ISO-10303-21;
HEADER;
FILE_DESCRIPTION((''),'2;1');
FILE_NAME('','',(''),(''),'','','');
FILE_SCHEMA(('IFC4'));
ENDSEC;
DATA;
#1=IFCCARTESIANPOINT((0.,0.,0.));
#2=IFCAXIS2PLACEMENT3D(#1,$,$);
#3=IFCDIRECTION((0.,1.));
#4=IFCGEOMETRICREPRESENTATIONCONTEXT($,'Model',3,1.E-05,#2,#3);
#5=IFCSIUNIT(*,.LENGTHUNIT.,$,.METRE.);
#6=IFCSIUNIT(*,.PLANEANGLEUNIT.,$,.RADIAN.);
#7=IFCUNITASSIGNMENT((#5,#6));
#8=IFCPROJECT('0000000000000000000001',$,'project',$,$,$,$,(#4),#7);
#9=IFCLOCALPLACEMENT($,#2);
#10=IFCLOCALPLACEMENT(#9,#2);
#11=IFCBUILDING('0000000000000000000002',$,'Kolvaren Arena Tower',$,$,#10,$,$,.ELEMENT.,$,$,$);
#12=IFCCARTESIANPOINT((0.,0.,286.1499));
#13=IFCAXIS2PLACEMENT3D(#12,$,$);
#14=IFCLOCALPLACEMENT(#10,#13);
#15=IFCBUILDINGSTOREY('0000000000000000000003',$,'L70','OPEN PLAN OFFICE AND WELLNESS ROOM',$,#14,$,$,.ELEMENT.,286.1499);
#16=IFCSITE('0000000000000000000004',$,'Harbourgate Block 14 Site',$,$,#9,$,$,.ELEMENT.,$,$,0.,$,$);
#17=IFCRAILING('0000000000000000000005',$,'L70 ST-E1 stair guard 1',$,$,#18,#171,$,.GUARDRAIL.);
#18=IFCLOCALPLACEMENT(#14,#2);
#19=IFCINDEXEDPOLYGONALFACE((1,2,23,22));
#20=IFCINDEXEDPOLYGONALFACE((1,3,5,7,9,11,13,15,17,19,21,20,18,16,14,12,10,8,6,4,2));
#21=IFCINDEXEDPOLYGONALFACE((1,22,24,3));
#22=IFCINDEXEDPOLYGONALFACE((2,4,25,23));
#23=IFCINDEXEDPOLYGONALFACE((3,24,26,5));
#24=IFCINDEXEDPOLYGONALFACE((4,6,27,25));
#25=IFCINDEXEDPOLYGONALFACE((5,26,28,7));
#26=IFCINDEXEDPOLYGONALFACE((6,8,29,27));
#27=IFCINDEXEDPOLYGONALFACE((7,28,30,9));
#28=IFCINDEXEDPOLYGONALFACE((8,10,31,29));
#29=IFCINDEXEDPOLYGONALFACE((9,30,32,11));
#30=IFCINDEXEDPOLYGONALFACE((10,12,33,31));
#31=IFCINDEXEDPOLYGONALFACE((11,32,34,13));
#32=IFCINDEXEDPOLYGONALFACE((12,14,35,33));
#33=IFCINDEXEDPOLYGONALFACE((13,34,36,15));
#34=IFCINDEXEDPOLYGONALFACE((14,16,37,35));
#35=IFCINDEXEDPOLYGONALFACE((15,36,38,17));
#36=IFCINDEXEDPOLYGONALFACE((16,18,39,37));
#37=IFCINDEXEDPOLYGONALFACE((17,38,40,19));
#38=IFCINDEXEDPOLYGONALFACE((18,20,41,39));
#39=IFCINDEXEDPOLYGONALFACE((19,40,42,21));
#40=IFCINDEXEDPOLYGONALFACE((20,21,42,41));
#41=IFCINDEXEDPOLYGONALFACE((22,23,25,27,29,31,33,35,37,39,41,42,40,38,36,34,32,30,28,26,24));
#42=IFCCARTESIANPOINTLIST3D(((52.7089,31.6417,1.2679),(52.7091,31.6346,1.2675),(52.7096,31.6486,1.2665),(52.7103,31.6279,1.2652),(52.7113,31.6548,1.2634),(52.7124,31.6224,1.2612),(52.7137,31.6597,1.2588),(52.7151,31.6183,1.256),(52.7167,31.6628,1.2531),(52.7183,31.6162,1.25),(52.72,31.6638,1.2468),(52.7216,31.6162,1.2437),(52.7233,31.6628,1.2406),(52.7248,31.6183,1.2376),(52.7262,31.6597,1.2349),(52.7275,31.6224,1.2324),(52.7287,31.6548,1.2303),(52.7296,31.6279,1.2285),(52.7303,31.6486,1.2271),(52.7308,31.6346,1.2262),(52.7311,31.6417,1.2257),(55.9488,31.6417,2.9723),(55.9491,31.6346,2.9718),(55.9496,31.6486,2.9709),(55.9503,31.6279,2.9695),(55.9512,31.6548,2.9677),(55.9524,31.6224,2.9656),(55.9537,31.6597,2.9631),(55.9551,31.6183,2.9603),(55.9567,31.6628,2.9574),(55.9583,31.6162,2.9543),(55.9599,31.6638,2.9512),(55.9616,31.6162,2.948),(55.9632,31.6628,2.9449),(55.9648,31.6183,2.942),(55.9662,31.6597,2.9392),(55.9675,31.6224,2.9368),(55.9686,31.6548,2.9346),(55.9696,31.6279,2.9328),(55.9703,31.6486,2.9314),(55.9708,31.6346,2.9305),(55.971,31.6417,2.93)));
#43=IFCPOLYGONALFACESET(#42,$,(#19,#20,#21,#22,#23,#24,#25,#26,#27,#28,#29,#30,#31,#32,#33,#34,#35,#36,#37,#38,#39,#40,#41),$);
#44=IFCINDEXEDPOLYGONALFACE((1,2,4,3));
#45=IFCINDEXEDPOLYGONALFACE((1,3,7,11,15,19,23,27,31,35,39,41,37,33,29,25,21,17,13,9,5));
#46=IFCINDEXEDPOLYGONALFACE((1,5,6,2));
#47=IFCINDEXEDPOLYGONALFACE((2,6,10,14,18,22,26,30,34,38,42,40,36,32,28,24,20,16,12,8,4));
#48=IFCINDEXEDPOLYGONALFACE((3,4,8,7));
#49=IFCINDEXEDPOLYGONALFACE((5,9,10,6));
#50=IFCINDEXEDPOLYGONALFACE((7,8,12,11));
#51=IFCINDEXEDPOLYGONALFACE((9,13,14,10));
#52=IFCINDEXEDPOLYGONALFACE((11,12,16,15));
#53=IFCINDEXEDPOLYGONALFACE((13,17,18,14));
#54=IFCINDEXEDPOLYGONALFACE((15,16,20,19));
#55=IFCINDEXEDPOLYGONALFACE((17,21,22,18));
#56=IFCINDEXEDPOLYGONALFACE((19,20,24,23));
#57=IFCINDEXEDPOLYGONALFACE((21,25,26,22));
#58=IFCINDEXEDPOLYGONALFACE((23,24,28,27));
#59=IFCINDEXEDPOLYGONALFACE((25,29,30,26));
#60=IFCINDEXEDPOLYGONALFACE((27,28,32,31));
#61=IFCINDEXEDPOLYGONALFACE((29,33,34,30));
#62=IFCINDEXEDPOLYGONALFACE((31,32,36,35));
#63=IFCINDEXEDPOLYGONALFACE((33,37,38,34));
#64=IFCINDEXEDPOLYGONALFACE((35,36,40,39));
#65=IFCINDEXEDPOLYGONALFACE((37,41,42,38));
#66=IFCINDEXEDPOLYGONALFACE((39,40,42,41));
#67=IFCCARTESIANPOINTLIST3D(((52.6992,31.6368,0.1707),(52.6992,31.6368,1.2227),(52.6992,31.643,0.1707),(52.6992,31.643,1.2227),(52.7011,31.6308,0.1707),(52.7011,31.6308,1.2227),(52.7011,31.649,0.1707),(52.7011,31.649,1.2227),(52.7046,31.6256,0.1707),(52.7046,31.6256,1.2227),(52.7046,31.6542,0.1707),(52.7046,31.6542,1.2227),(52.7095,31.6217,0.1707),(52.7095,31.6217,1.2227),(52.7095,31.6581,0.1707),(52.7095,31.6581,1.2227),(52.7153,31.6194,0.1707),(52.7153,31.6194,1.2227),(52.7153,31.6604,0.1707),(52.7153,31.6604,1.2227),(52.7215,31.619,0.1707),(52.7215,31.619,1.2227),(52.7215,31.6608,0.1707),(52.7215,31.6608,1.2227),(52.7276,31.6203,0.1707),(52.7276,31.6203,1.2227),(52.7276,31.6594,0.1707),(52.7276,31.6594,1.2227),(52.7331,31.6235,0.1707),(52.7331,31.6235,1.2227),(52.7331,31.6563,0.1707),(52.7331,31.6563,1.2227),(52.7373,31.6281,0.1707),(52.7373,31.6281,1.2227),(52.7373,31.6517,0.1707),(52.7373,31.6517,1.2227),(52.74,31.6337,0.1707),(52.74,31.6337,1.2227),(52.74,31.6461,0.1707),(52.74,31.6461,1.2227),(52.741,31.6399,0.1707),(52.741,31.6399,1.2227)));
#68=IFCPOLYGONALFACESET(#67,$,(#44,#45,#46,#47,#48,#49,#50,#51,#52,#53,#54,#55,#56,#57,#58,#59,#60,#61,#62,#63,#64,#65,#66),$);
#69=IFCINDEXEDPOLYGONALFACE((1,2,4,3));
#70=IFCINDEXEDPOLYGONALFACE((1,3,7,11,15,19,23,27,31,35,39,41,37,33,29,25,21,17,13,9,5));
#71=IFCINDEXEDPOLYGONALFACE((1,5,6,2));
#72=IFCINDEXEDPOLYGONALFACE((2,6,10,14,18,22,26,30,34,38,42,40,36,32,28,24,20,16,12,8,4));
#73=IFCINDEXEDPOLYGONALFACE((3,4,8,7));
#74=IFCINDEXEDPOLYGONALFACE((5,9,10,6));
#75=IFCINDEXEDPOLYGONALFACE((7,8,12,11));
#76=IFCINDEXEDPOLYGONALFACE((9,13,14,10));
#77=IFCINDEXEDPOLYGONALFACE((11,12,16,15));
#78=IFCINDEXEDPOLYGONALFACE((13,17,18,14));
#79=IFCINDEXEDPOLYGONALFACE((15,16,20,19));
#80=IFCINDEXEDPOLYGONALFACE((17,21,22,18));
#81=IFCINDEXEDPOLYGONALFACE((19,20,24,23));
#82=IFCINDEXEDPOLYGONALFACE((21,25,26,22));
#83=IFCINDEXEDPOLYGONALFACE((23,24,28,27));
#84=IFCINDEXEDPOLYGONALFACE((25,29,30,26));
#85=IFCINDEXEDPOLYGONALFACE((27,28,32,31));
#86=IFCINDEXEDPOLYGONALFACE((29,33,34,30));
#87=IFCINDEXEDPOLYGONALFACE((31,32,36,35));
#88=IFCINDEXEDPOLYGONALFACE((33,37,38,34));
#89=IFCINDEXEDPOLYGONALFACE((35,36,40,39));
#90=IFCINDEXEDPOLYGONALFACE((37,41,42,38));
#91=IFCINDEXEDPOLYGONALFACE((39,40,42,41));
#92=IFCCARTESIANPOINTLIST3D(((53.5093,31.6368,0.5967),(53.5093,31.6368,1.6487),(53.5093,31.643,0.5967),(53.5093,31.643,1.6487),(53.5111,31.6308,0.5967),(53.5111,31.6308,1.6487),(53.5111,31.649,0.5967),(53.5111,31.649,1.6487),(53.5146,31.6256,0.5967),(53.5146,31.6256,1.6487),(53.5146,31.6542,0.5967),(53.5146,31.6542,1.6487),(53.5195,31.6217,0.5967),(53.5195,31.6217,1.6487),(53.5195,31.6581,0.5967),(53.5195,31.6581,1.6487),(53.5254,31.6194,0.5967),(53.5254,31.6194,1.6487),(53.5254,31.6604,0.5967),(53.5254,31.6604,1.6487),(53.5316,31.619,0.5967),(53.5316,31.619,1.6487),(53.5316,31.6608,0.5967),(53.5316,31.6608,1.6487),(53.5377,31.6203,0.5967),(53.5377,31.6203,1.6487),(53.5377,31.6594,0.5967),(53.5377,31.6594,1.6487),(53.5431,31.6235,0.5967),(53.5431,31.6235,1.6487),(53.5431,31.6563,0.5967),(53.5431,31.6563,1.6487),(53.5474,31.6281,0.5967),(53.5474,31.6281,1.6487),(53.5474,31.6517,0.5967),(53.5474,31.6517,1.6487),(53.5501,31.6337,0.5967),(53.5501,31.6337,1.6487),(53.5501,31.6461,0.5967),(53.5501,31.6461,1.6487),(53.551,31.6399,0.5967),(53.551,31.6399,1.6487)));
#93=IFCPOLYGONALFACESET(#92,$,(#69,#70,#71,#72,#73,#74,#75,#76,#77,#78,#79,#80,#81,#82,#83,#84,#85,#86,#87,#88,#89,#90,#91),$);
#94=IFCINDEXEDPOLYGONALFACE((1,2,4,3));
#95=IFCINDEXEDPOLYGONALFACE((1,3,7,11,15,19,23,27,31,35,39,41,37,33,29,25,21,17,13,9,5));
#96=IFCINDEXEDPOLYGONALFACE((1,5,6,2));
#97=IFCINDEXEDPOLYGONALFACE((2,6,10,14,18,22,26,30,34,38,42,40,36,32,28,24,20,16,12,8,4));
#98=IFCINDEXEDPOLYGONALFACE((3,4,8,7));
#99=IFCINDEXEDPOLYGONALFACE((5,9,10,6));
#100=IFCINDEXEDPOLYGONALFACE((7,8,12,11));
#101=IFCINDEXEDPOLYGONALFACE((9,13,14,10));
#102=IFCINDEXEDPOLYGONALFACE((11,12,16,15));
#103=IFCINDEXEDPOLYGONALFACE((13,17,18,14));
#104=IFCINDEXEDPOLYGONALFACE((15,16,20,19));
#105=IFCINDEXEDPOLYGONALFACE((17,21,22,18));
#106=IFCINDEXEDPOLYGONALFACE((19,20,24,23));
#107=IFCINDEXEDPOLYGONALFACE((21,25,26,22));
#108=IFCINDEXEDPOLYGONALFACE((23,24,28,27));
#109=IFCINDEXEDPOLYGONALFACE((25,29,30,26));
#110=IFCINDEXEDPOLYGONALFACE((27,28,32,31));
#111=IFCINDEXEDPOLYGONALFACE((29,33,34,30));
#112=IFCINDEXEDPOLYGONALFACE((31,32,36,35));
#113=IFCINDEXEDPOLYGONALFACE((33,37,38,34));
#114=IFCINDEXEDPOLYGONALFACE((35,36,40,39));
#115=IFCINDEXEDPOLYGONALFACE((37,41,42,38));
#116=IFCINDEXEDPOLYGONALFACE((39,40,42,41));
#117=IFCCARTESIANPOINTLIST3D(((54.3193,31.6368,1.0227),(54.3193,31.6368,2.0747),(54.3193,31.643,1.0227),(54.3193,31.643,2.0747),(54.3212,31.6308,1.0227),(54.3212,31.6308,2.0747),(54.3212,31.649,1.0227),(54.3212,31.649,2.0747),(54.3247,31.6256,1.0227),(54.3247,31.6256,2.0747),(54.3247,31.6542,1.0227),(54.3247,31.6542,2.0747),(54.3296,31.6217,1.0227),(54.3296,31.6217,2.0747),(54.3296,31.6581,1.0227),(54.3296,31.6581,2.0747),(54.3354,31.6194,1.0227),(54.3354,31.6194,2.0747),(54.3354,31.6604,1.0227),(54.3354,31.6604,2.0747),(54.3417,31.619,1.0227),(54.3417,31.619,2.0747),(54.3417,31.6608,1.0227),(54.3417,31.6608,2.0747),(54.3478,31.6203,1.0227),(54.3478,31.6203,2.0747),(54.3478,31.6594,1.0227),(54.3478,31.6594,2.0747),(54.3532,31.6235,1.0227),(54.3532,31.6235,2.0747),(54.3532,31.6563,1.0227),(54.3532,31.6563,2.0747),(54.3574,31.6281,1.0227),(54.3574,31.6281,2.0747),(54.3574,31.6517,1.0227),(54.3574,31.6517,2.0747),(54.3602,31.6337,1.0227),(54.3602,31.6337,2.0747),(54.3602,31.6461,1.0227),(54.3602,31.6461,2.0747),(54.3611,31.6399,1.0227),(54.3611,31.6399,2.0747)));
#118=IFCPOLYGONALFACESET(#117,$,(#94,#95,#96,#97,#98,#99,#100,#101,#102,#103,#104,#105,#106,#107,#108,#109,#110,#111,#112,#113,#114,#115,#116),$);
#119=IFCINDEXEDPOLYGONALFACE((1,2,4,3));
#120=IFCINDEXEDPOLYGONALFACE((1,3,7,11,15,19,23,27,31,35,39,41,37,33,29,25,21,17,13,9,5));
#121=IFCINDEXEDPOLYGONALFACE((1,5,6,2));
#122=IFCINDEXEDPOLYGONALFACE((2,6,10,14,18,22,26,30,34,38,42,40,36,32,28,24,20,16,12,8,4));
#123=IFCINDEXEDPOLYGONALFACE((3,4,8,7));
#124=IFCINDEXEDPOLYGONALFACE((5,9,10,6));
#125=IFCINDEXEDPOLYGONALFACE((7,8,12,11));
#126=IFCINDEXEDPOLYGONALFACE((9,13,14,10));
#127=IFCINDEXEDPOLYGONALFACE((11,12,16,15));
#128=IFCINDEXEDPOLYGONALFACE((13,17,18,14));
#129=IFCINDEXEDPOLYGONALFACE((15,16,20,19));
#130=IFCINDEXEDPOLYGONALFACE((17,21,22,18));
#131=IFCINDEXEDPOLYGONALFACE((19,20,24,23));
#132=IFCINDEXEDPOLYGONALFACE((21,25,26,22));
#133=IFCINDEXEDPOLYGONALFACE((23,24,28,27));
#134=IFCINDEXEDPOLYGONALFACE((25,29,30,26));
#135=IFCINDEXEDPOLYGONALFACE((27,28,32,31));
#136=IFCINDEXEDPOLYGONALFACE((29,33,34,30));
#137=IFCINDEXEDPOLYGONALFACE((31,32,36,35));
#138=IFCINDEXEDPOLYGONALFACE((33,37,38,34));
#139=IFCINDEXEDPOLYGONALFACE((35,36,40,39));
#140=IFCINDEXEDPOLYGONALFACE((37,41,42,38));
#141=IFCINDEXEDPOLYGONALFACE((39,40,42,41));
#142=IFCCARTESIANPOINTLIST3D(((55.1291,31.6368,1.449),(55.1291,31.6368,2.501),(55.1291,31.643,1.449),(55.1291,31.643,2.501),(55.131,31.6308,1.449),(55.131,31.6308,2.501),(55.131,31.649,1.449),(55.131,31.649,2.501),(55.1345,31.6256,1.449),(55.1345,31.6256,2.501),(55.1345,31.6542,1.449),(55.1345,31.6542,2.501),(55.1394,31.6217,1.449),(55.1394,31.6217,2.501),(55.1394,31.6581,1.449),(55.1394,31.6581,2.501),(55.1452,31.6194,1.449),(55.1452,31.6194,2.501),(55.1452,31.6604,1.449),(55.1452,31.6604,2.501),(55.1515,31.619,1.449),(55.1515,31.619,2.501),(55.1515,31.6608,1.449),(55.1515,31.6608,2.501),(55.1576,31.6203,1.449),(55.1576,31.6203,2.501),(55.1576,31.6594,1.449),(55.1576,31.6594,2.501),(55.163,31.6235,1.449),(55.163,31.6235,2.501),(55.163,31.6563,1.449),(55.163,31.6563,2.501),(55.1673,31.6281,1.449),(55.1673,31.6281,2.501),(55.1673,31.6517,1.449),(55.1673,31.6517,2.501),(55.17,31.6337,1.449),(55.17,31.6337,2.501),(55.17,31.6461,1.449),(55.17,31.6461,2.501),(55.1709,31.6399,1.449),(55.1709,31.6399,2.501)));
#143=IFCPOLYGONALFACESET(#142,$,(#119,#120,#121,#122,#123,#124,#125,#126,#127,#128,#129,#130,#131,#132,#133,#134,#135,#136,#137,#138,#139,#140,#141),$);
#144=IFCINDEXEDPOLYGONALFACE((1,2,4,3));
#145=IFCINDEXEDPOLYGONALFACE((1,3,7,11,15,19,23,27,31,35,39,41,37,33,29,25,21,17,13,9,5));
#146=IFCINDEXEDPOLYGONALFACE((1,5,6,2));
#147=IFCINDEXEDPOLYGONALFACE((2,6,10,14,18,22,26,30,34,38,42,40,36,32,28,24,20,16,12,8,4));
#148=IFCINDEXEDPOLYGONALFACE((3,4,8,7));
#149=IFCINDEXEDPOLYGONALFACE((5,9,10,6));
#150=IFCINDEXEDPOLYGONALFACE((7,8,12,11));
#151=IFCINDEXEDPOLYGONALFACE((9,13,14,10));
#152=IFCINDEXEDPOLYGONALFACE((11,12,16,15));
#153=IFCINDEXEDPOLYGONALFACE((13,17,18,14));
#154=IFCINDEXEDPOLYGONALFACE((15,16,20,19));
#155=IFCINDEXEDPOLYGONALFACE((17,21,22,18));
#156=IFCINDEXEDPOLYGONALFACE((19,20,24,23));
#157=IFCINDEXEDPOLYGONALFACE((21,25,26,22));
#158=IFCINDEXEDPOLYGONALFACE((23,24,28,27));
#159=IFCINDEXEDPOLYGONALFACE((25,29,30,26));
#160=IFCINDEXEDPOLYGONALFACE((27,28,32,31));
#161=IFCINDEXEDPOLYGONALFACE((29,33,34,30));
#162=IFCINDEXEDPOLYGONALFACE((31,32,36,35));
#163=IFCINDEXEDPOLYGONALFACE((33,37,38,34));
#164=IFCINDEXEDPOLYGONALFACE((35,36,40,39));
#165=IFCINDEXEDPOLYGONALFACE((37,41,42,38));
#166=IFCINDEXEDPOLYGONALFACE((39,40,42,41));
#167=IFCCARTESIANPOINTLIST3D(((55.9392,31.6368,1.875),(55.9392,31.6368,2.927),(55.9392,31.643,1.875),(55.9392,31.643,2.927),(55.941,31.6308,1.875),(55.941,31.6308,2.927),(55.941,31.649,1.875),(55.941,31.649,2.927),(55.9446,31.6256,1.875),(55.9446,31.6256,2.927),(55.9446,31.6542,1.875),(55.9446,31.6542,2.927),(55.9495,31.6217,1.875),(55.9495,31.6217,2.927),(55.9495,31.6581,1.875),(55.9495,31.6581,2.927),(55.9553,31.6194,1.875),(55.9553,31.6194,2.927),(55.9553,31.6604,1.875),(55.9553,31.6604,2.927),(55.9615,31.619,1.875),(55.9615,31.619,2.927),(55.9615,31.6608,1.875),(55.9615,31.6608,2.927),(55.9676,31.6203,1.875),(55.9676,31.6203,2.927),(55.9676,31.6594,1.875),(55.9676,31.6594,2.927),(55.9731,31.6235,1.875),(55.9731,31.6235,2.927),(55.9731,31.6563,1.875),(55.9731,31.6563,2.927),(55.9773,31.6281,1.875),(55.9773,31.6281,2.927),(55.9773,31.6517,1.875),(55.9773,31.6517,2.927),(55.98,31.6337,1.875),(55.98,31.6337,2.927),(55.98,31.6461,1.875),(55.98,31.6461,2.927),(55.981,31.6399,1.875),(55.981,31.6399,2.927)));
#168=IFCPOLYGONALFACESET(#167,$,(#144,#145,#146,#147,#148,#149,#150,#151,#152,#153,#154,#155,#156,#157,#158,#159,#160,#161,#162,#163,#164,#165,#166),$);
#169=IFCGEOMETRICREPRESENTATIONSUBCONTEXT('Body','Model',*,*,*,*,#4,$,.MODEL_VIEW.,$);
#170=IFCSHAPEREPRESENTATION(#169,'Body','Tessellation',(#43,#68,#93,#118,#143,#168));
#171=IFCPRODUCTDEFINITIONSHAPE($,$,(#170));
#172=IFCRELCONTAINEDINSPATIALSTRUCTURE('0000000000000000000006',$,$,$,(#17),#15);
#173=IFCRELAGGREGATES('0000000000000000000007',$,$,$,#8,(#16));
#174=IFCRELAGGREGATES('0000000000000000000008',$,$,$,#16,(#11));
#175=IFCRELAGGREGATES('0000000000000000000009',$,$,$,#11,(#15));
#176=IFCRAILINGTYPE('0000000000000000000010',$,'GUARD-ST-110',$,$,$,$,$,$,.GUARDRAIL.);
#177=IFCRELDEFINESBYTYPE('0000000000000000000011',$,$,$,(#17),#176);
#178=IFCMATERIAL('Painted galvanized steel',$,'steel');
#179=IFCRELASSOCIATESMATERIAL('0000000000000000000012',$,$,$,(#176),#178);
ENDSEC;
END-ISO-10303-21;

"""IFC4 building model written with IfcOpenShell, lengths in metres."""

from ifc_helpers import new_model, si_unit, direction, frame, origin, origin_2d, place, context, subcontext, project, spatial, circle, extrude, material, type_object, element, save


model = new_model("IFC4")

# Units and contexts
model_context = context("Model", 3, precision=1e-05, world=origin(), true_north=direction((0.0, 1.0)))
body_context = subcontext(model_context, "Body", "Model", "MODEL_VIEW")
ifc_project = project(units=[si_unit("LENGTHUNIT", "METRE"), si_unit("PLANEANGLEUNIT", "RADIAN")], contexts=[model_context])

# Site, building, storey
site_placement = place(None, origin())
site = spatial("IfcSite", under=ifc_project, at=site_placement, Name="Harbourgate Block 14 Site", CompositionType="ELEMENT", RefElevation=0.0)
building_placement = place(site_placement, origin())
building = spatial("IfcBuilding", under=site, at=building_placement, Name="Kolvaren Arena Tower", CompositionType="ELEMENT")
storey_placement = place(building_placement, frame((0.0, 0.0, 286.1499)))
storey = spatial("IfcBuildingStorey", under=building, at=storey_placement, Name="L70", Description="OPEN PLAN OFFICE AND WELLNESS ROOM", CompositionType="ELEMENT", Elevation=286.1499)

# Railing
ifc_material_1 = material(Name="Painted galvanized steel", Category="steel")
railing_type_1 = type_object("IfcRailingType", Name="GUARD-ST-110", PredefinedType="GUARDRAIL", material=ifc_material_1)
railing_1_placement = place(storey_placement, frame((52.72, 31.6399, 0.1707)))
element("IfcRailing", 1, at=railing_1_placement, inside=storey, type_object=railing_type_1, Name="L70 ST-E1 stair guard 1", PredefinedType="GUARDRAIL", context=body_context, shape_type="SweptSolid", body=[
    extrude(circle(Radius=0.0239, at=origin_2d()), frame((0.0, 0.0, 1.0762), z_axis=(0.885021, 0.0, 0.465551), x_axis=(0.0, 1.0, 0.0)), (0.0, 0.0, 1.0), 3.6609),
    extrude(circle(Radius=0.021, at=origin_2d()), origin(), (0.0, 0.0, 1.0), 1.052),
    extrude(circle(Radius=0.021, at=origin_2d()), frame((0.8101, 0.0, 0.426)), (0.0, 0.0, 1.0), 1.052),
    extrude(circle(Radius=0.021, at=origin_2d()), frame((1.6201, 0.0, 0.8521)), (0.0, 0.0, 1.0), 1.052),
    extrude(circle(Radius=0.021, at=origin_2d()), frame((2.4299, 0.0, 1.2783)), (0.0, 0.0, 1.0), 1.052),
    extrude(circle(Radius=0.021, at=origin_2d()), frame((3.24, 0.0, 1.7043)), (0.0, 0.0, 1.0), 1.052),
])

save(model, "model.ifc")
